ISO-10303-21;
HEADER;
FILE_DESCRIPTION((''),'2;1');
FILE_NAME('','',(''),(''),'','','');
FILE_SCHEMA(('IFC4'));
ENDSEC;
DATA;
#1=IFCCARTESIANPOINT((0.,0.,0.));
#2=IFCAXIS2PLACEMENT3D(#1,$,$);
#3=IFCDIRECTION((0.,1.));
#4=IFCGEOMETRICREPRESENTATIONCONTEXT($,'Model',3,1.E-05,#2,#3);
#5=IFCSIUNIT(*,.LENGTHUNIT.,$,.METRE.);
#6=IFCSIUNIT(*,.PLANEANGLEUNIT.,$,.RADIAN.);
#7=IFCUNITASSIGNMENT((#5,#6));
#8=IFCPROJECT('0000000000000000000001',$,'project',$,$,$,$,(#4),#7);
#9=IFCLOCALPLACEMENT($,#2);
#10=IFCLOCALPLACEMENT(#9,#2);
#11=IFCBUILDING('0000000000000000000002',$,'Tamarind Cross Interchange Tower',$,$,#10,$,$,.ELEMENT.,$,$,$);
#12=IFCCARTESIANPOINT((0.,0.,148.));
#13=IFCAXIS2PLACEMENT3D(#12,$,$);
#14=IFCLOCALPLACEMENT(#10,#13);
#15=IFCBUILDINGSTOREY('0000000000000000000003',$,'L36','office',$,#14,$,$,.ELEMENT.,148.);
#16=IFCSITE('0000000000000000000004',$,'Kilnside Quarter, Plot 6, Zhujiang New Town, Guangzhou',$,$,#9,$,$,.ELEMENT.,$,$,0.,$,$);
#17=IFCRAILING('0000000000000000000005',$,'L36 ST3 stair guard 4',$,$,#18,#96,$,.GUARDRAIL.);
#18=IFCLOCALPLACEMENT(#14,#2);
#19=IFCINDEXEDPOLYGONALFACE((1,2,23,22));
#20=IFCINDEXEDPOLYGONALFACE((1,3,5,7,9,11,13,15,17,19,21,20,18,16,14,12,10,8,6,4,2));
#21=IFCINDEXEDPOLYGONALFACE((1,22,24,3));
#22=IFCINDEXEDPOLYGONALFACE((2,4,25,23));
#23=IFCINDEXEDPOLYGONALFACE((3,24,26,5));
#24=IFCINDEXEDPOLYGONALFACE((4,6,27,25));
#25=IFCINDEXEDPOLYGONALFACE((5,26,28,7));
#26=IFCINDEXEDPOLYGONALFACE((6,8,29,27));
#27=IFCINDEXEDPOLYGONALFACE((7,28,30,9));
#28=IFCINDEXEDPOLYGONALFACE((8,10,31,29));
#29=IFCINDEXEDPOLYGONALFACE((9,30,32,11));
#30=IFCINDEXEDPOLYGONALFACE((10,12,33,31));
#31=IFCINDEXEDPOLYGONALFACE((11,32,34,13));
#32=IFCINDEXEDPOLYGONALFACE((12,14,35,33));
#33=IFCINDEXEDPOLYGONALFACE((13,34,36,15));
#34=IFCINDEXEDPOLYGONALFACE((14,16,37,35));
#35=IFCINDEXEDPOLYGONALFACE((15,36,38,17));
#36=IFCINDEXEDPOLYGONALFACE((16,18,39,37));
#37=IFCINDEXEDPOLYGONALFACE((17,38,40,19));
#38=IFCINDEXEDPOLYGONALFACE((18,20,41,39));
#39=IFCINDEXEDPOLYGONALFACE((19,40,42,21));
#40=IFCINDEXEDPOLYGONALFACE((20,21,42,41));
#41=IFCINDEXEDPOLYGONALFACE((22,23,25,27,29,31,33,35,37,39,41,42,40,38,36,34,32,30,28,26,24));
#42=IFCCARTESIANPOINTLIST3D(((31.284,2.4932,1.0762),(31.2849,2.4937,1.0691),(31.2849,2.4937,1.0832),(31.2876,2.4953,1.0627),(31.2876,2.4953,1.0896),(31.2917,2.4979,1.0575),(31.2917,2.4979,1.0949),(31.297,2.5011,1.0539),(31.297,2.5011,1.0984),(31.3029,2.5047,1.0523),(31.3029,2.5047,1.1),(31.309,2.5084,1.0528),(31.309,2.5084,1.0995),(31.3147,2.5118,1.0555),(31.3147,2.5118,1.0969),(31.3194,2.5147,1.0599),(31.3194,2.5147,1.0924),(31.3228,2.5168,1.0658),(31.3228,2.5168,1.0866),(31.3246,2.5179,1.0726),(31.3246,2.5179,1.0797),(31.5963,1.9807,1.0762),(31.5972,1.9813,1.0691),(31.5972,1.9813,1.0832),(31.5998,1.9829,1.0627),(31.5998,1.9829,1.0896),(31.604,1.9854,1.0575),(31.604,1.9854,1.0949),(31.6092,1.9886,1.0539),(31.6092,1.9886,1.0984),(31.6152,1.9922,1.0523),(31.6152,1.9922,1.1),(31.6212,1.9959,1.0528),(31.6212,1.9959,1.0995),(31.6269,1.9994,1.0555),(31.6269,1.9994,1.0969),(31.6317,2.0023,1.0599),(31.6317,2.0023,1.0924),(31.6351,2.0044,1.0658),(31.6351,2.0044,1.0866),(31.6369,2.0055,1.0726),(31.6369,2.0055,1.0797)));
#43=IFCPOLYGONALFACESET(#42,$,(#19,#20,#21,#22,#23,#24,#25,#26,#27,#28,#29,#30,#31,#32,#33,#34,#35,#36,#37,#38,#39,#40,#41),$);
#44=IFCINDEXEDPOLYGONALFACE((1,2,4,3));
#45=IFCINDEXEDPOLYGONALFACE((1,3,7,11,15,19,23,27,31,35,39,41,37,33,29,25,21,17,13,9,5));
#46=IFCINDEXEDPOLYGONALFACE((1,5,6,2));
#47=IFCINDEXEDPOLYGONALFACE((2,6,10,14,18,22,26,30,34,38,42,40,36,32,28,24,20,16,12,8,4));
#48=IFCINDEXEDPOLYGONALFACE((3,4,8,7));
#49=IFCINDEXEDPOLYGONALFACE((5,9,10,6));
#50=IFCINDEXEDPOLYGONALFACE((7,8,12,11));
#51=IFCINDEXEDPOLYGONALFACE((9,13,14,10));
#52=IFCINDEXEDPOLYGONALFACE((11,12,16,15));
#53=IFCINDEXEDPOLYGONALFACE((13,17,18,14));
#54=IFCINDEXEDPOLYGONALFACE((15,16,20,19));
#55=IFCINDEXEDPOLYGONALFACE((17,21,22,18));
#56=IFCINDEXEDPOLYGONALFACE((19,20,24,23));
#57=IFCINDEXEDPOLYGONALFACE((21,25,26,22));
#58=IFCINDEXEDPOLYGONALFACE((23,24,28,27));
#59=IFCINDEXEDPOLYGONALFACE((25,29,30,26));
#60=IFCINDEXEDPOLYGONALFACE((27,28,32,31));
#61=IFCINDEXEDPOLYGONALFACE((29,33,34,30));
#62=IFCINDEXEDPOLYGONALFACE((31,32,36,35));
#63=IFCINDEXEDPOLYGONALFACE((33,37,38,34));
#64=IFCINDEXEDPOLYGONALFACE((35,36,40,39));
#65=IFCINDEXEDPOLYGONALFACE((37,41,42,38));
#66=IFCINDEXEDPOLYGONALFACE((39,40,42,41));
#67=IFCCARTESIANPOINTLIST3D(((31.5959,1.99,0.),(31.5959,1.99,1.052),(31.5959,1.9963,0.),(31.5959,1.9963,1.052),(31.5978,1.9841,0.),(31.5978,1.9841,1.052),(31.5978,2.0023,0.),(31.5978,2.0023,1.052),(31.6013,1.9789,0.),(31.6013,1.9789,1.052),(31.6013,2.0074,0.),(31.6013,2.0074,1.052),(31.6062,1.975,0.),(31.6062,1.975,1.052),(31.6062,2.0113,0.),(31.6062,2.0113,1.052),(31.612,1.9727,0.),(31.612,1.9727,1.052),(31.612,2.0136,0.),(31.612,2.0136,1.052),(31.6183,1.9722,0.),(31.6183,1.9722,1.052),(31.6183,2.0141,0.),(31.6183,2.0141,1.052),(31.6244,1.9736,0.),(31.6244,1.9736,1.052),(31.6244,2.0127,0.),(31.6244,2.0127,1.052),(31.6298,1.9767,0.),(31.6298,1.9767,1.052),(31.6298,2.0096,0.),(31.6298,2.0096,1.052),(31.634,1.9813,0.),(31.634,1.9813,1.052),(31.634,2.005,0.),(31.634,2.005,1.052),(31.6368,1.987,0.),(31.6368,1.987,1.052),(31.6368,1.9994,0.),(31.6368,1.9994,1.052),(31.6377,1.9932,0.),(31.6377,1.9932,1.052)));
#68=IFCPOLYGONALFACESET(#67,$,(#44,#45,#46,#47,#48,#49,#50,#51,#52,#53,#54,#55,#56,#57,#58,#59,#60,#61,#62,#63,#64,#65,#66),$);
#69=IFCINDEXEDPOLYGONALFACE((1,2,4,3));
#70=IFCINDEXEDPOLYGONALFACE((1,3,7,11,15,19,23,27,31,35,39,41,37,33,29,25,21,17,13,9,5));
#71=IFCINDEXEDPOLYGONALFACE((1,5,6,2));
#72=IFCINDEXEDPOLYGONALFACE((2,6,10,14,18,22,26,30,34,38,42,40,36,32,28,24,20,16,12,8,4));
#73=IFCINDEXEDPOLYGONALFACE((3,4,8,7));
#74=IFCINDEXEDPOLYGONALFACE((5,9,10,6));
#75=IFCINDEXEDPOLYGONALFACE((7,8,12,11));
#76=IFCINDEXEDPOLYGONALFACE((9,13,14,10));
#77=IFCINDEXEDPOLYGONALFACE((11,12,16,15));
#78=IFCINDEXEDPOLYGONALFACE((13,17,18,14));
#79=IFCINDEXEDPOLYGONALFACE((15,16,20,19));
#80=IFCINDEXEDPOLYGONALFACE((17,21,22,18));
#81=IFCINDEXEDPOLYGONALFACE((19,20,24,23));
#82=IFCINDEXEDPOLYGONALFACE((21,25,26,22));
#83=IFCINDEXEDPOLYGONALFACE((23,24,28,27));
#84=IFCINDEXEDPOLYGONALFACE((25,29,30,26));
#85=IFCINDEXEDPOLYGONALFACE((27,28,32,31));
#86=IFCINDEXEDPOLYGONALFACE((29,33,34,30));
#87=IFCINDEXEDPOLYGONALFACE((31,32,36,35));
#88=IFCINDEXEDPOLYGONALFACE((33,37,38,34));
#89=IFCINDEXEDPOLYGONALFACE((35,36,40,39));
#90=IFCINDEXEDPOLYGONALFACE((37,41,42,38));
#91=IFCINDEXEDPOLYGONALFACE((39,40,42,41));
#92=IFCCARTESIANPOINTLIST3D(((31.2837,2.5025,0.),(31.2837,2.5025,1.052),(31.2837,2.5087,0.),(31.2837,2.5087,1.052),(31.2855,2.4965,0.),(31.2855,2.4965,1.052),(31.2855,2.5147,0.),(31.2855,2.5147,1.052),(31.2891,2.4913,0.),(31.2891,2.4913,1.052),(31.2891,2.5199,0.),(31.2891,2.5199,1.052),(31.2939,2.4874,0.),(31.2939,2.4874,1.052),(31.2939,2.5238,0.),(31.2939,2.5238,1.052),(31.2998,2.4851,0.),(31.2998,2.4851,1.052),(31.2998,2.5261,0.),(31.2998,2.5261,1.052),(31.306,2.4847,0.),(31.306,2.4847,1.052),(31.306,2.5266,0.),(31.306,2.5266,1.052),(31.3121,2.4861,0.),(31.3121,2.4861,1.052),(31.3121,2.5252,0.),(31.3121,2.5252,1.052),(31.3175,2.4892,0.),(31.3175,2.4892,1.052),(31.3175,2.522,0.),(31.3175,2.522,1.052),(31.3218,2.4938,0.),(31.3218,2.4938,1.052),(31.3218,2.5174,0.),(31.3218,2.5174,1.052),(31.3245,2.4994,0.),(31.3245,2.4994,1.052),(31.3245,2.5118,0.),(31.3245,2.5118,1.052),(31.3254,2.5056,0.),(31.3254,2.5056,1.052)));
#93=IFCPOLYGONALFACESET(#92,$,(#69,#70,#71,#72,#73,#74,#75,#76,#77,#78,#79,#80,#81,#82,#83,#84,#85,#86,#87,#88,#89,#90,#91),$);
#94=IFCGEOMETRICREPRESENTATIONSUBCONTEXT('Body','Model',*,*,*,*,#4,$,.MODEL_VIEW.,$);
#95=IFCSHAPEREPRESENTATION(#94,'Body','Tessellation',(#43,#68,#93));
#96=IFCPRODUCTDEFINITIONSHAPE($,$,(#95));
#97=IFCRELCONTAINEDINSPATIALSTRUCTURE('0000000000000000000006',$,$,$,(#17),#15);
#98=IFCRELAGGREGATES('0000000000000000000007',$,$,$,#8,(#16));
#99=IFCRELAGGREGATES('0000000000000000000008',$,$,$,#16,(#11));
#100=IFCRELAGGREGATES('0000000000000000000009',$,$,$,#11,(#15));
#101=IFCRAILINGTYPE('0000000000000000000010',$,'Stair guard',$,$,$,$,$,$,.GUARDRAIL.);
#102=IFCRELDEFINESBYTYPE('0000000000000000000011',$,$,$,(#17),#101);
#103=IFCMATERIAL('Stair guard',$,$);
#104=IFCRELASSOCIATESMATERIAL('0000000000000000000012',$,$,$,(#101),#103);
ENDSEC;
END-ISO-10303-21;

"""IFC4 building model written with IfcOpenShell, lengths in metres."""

from ifc_helpers import new_model, si_unit, direction, frame, origin, origin_2d, place, context, subcontext, project, spatial, circle, extrude, material, type_object, element, save


model = new_model("IFC4")

# Units and contexts
model_context = context("Model", 3, precision=1e-05, world=origin(), true_north=direction((0.0, 1.0)))
body_context = subcontext(model_context, "Body", "Model", "MODEL_VIEW")
ifc_project = project(units=[si_unit("LENGTHUNIT", "METRE"), si_unit("PLANEANGLEUNIT", "RADIAN")], contexts=[model_context])

# Site, building, storey
site_placement = place(None, origin())
site = spatial("IfcSite", under=ifc_project, at=site_placement, Name="Kilnside Quarter, Plot 6, Zhujiang New Town, Guangzhou", CompositionType="ELEMENT", RefElevation=0.0)
building_placement = place(site_placement, origin())
building = spatial("IfcBuilding", under=site, at=building_placement, Name="Tamarind Cross Interchange Tower", CompositionType="ELEMENT")
storey_placement = place(building_placement, frame((0.0, 0.0, 148.0)))
storey = spatial("IfcBuildingStorey", under=building, at=storey_placement, Name="L36", Description="office", CompositionType="ELEMENT", Elevation=148.0)

# Railing
ifc_material_1 = material(Name="Stair guard")
railing_type = type_object("IfcRailingType", Name="Stair guard", PredefinedType="GUARDRAIL", material=ifc_material_1)
railing_1_placement = place(storey_placement, frame((31.6167, 1.9932, 0.0)))
element("IfcRailing", 1, at=railing_1_placement, inside=storey, type_object=railing_type, Name="L36 ST3 stair guard 4", PredefinedType="GUARDRAIL", context=body_context, shape_type="SweptSolid", body=[
    extrude(circle(Radius=0.0239, at=origin_2d()), frame((0.0, 0.0, 1.0762), z_axis=(-0.520347, 0.853955, 0.0), x_axis=(-0.853955, -0.520347, 0.0)), (0.0, 0.0, 1.0), 0.6001),
    extrude(circle(Radius=0.021, at=origin_2d()), origin(), (0.0, 0.0, 1.0), 1.052),
    extrude(circle(Radius=0.021, at=origin_2d()), frame((-0.3123, 0.5125, 0.0)), (0.0, 0.0, 1.0), 1.052),
])

save(model, "model.ifc")
